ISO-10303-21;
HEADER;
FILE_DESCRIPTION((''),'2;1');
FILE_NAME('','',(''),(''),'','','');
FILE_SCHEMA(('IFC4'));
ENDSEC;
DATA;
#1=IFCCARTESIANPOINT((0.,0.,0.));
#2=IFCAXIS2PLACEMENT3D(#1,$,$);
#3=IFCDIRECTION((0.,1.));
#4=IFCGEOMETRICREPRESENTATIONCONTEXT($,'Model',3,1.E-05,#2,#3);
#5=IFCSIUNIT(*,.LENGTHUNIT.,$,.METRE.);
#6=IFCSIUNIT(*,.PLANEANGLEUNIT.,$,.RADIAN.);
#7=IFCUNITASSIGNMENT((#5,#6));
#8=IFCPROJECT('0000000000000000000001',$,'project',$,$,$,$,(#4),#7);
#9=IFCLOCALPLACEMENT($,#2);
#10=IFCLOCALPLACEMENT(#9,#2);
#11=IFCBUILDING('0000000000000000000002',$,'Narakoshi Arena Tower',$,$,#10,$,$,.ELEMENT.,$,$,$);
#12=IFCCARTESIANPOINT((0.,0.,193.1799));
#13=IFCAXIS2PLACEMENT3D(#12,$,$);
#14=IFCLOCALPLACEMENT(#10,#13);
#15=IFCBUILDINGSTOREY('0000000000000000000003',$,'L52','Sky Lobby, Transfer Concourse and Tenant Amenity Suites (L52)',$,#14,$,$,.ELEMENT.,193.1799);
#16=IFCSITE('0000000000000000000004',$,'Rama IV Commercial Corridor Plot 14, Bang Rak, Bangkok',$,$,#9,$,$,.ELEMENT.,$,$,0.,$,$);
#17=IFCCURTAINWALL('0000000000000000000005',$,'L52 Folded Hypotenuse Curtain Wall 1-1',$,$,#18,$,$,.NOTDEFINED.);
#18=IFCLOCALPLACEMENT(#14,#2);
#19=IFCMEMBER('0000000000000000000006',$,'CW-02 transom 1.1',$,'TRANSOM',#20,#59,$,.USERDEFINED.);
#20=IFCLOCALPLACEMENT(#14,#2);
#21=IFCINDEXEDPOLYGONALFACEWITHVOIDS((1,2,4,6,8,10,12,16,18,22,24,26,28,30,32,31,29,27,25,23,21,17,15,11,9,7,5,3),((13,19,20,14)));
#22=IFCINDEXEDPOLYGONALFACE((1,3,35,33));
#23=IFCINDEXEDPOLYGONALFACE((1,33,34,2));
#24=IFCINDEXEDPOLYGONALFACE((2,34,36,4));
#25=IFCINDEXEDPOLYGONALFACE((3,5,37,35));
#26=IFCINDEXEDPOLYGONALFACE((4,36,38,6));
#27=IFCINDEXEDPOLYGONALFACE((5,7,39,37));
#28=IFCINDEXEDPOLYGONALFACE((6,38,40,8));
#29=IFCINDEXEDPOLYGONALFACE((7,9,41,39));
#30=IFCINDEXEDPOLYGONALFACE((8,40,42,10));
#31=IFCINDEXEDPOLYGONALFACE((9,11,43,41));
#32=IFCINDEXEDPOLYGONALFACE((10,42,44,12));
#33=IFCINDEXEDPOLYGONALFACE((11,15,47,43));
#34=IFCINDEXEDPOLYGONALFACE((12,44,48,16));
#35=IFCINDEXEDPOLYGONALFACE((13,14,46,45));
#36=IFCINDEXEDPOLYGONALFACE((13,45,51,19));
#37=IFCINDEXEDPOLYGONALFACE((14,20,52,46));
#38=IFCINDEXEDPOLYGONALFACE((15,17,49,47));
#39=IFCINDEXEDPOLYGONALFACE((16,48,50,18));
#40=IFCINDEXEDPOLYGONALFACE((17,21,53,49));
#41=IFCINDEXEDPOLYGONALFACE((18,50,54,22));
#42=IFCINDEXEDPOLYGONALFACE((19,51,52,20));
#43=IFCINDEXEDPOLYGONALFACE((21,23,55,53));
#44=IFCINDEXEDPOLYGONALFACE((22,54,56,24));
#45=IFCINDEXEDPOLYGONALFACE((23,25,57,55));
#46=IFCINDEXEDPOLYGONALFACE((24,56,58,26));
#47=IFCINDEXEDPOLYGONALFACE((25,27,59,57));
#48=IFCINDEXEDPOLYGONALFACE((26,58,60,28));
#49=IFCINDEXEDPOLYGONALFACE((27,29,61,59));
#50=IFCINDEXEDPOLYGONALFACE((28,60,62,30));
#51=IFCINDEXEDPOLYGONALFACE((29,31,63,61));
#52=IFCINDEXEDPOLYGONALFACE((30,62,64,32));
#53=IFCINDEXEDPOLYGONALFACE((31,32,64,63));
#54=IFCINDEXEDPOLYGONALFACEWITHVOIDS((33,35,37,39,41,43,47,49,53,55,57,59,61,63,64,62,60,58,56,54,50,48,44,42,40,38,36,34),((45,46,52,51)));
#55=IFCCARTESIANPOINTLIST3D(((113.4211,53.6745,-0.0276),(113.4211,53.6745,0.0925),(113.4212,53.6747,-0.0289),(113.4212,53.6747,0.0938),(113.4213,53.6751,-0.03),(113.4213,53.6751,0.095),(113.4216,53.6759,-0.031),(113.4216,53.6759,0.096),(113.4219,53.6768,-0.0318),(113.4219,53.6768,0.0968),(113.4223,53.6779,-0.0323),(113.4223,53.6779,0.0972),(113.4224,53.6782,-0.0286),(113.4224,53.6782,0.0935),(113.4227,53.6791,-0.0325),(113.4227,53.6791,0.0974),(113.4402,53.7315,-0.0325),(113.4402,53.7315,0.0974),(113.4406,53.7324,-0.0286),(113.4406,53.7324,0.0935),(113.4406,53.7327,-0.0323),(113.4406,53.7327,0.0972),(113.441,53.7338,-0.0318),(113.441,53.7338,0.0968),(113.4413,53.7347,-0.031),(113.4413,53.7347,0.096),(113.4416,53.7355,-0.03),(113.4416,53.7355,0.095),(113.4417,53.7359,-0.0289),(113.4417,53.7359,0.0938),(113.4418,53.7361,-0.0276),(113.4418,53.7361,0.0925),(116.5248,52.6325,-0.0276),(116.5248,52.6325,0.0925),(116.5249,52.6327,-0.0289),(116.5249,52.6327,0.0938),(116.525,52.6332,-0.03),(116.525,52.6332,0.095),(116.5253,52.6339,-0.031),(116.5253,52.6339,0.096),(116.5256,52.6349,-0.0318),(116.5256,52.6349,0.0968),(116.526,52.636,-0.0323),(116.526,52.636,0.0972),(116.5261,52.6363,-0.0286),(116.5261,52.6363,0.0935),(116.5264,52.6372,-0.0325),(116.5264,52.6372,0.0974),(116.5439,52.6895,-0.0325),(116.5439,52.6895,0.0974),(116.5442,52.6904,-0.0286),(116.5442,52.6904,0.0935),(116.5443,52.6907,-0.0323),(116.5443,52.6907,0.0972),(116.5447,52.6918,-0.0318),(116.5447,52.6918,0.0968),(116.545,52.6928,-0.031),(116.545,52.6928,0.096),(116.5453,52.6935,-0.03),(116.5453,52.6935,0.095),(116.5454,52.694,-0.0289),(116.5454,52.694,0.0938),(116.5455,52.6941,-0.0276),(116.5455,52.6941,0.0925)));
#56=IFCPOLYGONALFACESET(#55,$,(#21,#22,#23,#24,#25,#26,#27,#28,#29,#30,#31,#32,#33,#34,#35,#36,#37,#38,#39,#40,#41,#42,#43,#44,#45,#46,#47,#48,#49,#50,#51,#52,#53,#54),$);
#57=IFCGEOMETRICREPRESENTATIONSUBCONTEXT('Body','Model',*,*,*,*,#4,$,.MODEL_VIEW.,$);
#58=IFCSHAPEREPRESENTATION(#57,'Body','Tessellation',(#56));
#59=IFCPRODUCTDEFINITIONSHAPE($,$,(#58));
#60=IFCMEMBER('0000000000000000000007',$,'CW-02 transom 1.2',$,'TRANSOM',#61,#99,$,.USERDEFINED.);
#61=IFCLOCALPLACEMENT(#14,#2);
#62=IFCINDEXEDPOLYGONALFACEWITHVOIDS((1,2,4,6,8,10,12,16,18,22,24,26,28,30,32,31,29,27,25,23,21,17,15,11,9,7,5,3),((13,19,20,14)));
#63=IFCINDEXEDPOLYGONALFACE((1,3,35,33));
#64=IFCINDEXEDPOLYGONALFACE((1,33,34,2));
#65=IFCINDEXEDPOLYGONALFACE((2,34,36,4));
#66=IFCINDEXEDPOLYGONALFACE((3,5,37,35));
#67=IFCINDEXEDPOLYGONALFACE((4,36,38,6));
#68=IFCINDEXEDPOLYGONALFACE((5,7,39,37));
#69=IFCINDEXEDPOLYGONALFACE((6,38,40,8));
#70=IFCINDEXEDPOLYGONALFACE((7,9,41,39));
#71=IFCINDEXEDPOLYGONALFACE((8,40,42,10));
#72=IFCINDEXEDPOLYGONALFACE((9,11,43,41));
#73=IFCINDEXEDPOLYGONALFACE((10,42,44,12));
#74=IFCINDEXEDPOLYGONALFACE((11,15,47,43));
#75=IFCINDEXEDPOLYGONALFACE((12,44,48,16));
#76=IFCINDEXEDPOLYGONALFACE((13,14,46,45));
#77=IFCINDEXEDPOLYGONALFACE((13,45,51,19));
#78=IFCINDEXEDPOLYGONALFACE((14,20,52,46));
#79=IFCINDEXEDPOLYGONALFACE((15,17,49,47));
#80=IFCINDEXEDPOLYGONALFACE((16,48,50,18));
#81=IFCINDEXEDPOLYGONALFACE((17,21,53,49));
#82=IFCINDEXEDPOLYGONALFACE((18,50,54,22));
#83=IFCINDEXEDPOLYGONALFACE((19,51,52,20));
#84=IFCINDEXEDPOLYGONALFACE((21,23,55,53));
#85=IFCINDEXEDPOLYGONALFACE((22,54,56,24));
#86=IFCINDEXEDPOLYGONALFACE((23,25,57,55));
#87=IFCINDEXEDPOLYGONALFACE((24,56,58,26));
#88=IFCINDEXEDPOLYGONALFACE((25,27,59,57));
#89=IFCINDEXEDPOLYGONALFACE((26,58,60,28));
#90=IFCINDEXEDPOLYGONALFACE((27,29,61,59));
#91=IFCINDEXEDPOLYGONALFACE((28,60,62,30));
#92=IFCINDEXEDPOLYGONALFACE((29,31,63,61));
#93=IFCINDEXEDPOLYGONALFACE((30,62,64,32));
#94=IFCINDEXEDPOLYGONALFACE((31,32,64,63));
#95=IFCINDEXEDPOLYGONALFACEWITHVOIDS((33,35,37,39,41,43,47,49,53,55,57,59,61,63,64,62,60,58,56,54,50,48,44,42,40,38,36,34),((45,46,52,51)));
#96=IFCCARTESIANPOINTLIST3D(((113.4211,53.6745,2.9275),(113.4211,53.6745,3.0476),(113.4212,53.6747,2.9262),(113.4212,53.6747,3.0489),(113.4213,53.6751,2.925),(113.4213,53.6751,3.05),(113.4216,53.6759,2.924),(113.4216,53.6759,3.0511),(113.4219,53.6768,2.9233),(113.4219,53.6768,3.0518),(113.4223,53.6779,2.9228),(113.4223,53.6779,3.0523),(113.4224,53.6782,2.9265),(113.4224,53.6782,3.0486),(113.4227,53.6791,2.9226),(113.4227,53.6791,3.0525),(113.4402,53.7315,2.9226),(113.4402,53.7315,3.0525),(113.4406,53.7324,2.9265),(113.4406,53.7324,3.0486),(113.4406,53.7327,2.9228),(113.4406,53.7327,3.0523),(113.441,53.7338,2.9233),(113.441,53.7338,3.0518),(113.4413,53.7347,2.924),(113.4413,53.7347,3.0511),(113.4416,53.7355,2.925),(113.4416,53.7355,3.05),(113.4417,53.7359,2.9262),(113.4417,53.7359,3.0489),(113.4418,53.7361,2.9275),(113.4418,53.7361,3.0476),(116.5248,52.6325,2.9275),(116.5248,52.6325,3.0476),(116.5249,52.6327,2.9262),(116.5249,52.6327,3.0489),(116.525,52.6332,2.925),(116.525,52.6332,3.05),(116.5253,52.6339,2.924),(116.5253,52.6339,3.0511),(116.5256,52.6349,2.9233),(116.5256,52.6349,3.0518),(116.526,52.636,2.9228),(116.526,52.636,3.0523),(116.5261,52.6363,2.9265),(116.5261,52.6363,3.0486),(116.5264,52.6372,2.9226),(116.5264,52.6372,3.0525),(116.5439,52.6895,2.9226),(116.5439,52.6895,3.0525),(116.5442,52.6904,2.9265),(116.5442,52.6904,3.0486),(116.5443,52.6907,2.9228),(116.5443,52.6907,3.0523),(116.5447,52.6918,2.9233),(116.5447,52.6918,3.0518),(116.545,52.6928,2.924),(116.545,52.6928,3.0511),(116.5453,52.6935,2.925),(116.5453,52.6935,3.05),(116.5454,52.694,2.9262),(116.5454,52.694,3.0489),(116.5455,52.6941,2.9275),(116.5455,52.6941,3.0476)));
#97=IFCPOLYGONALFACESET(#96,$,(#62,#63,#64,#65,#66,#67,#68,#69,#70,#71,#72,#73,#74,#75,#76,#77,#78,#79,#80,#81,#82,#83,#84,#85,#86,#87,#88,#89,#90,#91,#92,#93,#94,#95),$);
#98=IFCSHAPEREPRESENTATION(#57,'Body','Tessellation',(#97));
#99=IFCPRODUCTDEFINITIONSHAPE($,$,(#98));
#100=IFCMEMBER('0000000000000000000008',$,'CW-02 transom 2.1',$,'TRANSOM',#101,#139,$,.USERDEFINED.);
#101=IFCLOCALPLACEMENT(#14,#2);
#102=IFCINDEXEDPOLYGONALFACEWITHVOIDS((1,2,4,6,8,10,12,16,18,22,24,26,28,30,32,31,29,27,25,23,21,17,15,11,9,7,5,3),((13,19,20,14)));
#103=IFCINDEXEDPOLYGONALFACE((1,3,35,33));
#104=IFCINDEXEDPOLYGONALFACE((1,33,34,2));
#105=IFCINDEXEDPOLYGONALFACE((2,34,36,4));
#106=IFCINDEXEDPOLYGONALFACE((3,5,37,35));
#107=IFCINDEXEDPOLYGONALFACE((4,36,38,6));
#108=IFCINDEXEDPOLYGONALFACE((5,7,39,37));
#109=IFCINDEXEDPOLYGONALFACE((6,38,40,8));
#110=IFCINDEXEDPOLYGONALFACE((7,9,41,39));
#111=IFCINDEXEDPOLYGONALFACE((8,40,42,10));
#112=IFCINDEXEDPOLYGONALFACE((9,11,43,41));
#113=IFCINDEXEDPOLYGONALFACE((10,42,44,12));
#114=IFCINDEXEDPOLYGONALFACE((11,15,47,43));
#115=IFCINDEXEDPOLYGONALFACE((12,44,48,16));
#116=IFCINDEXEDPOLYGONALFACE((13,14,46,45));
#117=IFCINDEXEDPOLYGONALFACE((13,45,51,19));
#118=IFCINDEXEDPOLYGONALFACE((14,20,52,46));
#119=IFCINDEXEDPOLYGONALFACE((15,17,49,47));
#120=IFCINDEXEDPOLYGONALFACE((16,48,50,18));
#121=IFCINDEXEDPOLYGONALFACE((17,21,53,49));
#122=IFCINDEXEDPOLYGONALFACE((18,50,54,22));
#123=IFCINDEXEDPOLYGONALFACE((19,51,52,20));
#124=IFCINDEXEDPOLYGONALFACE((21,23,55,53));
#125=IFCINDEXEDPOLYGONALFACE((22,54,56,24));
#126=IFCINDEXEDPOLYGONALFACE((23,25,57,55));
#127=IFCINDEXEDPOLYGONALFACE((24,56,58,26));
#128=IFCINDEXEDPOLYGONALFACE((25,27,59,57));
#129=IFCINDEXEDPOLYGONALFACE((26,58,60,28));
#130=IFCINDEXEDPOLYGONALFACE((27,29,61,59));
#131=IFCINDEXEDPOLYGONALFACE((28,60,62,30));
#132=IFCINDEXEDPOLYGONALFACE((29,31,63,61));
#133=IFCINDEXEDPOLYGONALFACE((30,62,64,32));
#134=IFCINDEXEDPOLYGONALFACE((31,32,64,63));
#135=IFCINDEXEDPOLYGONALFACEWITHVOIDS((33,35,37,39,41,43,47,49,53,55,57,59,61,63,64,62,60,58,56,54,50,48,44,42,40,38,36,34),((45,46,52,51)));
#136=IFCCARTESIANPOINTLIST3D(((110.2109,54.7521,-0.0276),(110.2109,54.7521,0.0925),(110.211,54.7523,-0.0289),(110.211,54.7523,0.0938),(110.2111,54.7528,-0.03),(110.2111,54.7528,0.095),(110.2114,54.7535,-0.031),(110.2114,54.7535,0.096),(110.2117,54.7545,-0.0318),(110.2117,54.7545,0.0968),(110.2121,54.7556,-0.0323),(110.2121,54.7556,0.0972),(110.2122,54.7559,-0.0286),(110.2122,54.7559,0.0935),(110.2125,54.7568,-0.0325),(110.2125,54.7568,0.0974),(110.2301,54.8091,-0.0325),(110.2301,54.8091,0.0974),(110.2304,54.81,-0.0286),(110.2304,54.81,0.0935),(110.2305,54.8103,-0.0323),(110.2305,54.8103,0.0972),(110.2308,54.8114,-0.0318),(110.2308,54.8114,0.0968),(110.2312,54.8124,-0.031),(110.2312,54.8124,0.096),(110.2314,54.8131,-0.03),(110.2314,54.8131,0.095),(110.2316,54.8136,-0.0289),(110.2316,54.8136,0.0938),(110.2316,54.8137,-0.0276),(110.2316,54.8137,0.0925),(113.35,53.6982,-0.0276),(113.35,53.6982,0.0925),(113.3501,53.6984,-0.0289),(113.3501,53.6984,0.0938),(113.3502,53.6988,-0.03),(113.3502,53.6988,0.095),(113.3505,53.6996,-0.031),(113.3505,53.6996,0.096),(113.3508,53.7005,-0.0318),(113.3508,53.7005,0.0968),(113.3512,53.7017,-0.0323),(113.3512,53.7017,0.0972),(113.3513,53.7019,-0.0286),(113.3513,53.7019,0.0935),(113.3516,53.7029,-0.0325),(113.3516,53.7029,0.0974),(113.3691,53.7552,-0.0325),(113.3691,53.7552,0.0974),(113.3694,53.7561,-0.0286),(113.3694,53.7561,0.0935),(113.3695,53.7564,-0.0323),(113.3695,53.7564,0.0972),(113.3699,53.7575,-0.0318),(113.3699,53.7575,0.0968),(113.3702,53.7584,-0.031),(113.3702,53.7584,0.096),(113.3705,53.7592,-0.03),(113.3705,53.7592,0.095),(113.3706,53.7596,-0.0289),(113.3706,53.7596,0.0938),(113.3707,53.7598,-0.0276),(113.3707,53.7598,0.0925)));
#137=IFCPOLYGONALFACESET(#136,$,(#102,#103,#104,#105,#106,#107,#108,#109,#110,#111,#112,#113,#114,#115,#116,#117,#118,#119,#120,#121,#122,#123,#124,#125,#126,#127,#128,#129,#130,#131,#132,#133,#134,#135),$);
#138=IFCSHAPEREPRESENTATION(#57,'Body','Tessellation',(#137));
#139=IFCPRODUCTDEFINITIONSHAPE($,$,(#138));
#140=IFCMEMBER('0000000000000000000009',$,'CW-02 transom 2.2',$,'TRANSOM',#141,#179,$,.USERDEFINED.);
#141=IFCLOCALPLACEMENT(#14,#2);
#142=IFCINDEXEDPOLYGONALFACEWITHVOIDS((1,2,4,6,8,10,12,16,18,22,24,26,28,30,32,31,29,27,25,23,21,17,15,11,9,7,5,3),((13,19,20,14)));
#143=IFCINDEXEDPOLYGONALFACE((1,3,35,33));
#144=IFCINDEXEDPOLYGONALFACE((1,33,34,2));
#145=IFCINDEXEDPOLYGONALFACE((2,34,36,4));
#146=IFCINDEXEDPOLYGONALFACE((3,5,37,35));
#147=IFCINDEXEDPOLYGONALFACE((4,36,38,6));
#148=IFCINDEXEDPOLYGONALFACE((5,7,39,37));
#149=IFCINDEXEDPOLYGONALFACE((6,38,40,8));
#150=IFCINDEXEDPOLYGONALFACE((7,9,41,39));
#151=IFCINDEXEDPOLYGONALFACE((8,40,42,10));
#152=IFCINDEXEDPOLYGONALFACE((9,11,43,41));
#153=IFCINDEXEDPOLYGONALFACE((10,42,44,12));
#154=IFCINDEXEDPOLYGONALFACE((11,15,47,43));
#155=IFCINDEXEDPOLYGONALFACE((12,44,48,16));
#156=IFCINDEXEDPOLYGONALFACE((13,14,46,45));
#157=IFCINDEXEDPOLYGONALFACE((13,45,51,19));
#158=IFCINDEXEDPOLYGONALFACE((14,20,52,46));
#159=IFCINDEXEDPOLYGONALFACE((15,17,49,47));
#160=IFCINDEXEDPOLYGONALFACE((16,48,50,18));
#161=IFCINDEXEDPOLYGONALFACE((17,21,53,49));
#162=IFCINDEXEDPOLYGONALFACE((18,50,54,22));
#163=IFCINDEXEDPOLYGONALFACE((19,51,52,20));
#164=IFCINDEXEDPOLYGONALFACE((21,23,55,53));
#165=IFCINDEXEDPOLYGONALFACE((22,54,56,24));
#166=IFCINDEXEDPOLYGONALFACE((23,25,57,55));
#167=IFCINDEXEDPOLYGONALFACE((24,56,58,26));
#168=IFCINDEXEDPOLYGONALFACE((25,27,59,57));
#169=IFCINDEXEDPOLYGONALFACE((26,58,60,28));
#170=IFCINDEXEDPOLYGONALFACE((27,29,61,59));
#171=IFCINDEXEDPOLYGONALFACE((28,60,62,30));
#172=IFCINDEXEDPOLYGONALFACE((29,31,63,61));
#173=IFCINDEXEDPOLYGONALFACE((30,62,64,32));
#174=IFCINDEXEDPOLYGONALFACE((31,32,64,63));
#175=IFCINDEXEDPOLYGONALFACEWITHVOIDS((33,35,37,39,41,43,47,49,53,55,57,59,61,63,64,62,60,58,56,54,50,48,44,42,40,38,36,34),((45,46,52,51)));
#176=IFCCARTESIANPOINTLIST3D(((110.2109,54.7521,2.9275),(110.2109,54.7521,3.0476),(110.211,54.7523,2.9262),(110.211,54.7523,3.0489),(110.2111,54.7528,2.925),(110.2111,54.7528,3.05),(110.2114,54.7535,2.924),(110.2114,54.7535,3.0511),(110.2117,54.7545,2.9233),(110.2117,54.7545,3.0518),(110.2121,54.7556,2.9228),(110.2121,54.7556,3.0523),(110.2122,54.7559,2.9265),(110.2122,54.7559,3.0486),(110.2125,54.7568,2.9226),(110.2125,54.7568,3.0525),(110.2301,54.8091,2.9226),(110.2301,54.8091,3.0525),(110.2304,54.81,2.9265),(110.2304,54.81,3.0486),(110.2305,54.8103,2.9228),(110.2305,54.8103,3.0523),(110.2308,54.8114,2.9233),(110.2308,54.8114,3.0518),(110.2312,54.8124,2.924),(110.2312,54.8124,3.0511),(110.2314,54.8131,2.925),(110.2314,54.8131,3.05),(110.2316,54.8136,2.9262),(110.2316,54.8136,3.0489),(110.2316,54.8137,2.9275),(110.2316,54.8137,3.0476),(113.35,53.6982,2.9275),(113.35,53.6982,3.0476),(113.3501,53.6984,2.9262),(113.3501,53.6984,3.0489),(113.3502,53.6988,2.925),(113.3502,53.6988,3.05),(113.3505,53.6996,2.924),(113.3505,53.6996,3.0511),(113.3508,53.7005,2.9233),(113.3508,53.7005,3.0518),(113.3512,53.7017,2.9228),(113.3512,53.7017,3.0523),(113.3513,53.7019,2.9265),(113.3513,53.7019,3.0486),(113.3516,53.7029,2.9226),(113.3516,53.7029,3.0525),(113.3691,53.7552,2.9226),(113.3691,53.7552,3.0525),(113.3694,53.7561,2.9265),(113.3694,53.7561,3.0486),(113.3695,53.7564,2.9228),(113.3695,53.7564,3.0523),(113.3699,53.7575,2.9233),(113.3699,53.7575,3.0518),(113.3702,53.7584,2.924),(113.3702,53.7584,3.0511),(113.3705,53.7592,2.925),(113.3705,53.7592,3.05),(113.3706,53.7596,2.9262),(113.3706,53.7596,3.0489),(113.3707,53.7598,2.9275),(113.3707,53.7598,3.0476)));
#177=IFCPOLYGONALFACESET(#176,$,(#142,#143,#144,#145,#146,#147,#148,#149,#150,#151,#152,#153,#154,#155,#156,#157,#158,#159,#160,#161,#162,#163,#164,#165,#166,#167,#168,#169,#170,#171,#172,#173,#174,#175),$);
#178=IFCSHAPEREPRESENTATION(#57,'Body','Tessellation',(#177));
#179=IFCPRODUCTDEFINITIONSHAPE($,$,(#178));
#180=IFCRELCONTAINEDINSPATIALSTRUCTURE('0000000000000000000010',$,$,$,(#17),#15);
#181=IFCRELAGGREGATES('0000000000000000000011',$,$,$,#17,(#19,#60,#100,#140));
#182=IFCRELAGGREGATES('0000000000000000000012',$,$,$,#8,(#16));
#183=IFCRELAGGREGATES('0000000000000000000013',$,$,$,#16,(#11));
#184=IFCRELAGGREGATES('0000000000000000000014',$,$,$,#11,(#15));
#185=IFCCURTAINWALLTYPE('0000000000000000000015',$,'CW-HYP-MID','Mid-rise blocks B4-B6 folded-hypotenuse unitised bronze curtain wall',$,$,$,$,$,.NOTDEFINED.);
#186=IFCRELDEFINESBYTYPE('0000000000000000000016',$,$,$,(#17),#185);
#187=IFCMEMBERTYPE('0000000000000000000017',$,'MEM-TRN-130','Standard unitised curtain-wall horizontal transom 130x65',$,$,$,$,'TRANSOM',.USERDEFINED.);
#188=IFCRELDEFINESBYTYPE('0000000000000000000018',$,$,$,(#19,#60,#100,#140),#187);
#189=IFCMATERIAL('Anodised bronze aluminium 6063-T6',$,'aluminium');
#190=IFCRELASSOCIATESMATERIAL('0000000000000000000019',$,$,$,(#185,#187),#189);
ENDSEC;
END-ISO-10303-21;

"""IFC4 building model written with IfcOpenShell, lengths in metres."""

from ifc_helpers import new_model, si_unit, direction, frame, origin, origin_2d, place, context, subcontext, project, spatial, hollow_rectangle, extrude, material, material_profile, profile_set, type_object, element, aggregate, save


model = new_model("IFC4")

# Units and contexts
model_context = context("Model", 3, precision=1e-05, world=origin(), true_north=direction((0.0, 1.0)))
body_context = subcontext(model_context, "Body", "Model", "MODEL_VIEW")
ifc_project = project(units=[si_unit("LENGTHUNIT", "METRE"), si_unit("PLANEANGLEUNIT", "RADIAN")], contexts=[model_context])

# Site, building, storey
site_placement = place(None, origin())
site = spatial("IfcSite", under=ifc_project, at=site_placement, Name="Rama IV Commercial Corridor Plot 14, Bang Rak, Bangkok", CompositionType="ELEMENT", RefElevation=0.0)
building_placement = place(site_placement, origin())
building = spatial("IfcBuilding", under=site, at=building_placement, Name="Narakoshi Arena Tower", CompositionType="ELEMENT")
storey_placement = place(building_placement, frame((0.0, 0.0, 193.1799)))
storey = spatial("IfcBuildingStorey", under=building, at=storey_placement, Name="L52", Description="Sky Lobby, Transfer Concourse and Tenant Amenity Suites (L52)", CompositionType="ELEMENT", Elevation=193.1799)

# Curtain wall, members
ifc_material_1 = material(Name="Anodised bronze aluminium 6063-T6", Category="aluminium")
curtain_wall_type = type_object("IfcCurtainWallType", Name="CW-HYP-MID", Description="Mid-rise blocks B4-B6 folded-hypotenuse unitised bronze curtain wall", PredefinedType="NOTDEFINED", material=ifc_material_1)
curtain_wall_placement = place(storey_placement, origin())
curtain_wall = element("IfcCurtainWall", 1, at=curtain_wall_placement, inside=storey, type_object=curtain_wall_type, Name="L52 Folded Hypotenuse Curtain Wall 1-1", PredefinedType="NOTDEFINED")
ifc_material_profile_1 = material_profile(ifc_material_1, hollow_rectangle(XDim=0.0649, YDim=0.1299, WallThickness=0.0039, OuterFilletRadius=0.0049, at=origin_2d()), Name="TRN130x65x4")
ifc_profile_set_1 = profile_set([ifc_material_profile_1], Name="Anodised bronze aluminium 6063-T6")
member_type_1 = type_object("IfcMemberType", Name="MEM-TRN-130", Description="Standard unitised curtain-wall horizontal transom 130x65", ElementType="TRANSOM", PredefinedType="USERDEFINED", material=ifc_profile_set_1)
member_1_placement = place(storey_placement, frame((116.5352, 52.6633, 0.0325), z_axis=(-0.948003, 0.318263, 0.0), x_axis=(-0.318263, -0.948003, 0.0)))
member_1 = element("IfcMember", 2, at=member_1_placement, type_object=member_type_1, Name="CW-02 transom 1.1", ObjectType="TRANSOM", PredefinedType="USERDEFINED", context=body_context, shape_type="SweptSolid", body=[
    extrude(hollow_rectangle(XDim=0.0649, YDim=0.1299, WallThickness=0.0039, OuterFilletRadius=0.0049, at=origin_2d()), origin(), (0.0, 0.0, 1.0), 3.2739),
])
member_2_placement = place(storey_placement, frame((116.5352, 52.6633, 2.9875), z_axis=(-0.948003, 0.318263, 0.0), x_axis=(-0.318263, -0.948003, 0.0)))
member_2 = element("IfcMember", 3, at=member_2_placement, type_object=member_type_1, Name="CW-02 transom 1.2", ObjectType="TRANSOM", PredefinedType="USERDEFINED", context=body_context, shape_type="SweptSolid", body=[
    extrude(hollow_rectangle(XDim=0.0649, YDim=0.1299, WallThickness=0.0039, OuterFilletRadius=0.0049, at=origin_2d()), origin(), (0.0, 0.0, 1.0), 3.2739),
])
member_3_placement = place(storey_placement, frame((113.3604, 53.729, 0.0325), z_axis=(-0.947995, 0.318284, 0.0), x_axis=(-0.318284, -0.947995, 0.0)))
member_3 = element("IfcMember", 4, at=member_3_placement, type_object=member_type_1, Name="CW-02 transom 2.1", ObjectType="TRANSOM", PredefinedType="USERDEFINED", context=body_context, shape_type="SweptSolid", body=[
    extrude(hollow_rectangle(XDim=0.0649, YDim=0.1299, WallThickness=0.0039, OuterFilletRadius=0.0049, at=origin_2d()), origin(), (0.0, 0.0, 1.0), 3.3113),
])
member_4_placement = place(storey_placement, frame((113.3604, 53.729, 2.9875), z_axis=(-0.947995, 0.318284, 0.0), x_axis=(-0.318284, -0.947995, 0.0)))
member_4 = element("IfcMember", 5, at=member_4_placement, type_object=member_type_1, Name="CW-02 transom 2.2", ObjectType="TRANSOM", PredefinedType="USERDEFINED", context=body_context, shape_type="SweptSolid", body=[
    extrude(hollow_rectangle(XDim=0.0649, YDim=0.1299, WallThickness=0.0039, OuterFilletRadius=0.0049, at=origin_2d()), origin(), (0.0, 0.0, 1.0), 3.3113),
])
aggregate(curtain_wall, [member_1, member_2, member_3, member_4])

save(model, "model.ifc")
